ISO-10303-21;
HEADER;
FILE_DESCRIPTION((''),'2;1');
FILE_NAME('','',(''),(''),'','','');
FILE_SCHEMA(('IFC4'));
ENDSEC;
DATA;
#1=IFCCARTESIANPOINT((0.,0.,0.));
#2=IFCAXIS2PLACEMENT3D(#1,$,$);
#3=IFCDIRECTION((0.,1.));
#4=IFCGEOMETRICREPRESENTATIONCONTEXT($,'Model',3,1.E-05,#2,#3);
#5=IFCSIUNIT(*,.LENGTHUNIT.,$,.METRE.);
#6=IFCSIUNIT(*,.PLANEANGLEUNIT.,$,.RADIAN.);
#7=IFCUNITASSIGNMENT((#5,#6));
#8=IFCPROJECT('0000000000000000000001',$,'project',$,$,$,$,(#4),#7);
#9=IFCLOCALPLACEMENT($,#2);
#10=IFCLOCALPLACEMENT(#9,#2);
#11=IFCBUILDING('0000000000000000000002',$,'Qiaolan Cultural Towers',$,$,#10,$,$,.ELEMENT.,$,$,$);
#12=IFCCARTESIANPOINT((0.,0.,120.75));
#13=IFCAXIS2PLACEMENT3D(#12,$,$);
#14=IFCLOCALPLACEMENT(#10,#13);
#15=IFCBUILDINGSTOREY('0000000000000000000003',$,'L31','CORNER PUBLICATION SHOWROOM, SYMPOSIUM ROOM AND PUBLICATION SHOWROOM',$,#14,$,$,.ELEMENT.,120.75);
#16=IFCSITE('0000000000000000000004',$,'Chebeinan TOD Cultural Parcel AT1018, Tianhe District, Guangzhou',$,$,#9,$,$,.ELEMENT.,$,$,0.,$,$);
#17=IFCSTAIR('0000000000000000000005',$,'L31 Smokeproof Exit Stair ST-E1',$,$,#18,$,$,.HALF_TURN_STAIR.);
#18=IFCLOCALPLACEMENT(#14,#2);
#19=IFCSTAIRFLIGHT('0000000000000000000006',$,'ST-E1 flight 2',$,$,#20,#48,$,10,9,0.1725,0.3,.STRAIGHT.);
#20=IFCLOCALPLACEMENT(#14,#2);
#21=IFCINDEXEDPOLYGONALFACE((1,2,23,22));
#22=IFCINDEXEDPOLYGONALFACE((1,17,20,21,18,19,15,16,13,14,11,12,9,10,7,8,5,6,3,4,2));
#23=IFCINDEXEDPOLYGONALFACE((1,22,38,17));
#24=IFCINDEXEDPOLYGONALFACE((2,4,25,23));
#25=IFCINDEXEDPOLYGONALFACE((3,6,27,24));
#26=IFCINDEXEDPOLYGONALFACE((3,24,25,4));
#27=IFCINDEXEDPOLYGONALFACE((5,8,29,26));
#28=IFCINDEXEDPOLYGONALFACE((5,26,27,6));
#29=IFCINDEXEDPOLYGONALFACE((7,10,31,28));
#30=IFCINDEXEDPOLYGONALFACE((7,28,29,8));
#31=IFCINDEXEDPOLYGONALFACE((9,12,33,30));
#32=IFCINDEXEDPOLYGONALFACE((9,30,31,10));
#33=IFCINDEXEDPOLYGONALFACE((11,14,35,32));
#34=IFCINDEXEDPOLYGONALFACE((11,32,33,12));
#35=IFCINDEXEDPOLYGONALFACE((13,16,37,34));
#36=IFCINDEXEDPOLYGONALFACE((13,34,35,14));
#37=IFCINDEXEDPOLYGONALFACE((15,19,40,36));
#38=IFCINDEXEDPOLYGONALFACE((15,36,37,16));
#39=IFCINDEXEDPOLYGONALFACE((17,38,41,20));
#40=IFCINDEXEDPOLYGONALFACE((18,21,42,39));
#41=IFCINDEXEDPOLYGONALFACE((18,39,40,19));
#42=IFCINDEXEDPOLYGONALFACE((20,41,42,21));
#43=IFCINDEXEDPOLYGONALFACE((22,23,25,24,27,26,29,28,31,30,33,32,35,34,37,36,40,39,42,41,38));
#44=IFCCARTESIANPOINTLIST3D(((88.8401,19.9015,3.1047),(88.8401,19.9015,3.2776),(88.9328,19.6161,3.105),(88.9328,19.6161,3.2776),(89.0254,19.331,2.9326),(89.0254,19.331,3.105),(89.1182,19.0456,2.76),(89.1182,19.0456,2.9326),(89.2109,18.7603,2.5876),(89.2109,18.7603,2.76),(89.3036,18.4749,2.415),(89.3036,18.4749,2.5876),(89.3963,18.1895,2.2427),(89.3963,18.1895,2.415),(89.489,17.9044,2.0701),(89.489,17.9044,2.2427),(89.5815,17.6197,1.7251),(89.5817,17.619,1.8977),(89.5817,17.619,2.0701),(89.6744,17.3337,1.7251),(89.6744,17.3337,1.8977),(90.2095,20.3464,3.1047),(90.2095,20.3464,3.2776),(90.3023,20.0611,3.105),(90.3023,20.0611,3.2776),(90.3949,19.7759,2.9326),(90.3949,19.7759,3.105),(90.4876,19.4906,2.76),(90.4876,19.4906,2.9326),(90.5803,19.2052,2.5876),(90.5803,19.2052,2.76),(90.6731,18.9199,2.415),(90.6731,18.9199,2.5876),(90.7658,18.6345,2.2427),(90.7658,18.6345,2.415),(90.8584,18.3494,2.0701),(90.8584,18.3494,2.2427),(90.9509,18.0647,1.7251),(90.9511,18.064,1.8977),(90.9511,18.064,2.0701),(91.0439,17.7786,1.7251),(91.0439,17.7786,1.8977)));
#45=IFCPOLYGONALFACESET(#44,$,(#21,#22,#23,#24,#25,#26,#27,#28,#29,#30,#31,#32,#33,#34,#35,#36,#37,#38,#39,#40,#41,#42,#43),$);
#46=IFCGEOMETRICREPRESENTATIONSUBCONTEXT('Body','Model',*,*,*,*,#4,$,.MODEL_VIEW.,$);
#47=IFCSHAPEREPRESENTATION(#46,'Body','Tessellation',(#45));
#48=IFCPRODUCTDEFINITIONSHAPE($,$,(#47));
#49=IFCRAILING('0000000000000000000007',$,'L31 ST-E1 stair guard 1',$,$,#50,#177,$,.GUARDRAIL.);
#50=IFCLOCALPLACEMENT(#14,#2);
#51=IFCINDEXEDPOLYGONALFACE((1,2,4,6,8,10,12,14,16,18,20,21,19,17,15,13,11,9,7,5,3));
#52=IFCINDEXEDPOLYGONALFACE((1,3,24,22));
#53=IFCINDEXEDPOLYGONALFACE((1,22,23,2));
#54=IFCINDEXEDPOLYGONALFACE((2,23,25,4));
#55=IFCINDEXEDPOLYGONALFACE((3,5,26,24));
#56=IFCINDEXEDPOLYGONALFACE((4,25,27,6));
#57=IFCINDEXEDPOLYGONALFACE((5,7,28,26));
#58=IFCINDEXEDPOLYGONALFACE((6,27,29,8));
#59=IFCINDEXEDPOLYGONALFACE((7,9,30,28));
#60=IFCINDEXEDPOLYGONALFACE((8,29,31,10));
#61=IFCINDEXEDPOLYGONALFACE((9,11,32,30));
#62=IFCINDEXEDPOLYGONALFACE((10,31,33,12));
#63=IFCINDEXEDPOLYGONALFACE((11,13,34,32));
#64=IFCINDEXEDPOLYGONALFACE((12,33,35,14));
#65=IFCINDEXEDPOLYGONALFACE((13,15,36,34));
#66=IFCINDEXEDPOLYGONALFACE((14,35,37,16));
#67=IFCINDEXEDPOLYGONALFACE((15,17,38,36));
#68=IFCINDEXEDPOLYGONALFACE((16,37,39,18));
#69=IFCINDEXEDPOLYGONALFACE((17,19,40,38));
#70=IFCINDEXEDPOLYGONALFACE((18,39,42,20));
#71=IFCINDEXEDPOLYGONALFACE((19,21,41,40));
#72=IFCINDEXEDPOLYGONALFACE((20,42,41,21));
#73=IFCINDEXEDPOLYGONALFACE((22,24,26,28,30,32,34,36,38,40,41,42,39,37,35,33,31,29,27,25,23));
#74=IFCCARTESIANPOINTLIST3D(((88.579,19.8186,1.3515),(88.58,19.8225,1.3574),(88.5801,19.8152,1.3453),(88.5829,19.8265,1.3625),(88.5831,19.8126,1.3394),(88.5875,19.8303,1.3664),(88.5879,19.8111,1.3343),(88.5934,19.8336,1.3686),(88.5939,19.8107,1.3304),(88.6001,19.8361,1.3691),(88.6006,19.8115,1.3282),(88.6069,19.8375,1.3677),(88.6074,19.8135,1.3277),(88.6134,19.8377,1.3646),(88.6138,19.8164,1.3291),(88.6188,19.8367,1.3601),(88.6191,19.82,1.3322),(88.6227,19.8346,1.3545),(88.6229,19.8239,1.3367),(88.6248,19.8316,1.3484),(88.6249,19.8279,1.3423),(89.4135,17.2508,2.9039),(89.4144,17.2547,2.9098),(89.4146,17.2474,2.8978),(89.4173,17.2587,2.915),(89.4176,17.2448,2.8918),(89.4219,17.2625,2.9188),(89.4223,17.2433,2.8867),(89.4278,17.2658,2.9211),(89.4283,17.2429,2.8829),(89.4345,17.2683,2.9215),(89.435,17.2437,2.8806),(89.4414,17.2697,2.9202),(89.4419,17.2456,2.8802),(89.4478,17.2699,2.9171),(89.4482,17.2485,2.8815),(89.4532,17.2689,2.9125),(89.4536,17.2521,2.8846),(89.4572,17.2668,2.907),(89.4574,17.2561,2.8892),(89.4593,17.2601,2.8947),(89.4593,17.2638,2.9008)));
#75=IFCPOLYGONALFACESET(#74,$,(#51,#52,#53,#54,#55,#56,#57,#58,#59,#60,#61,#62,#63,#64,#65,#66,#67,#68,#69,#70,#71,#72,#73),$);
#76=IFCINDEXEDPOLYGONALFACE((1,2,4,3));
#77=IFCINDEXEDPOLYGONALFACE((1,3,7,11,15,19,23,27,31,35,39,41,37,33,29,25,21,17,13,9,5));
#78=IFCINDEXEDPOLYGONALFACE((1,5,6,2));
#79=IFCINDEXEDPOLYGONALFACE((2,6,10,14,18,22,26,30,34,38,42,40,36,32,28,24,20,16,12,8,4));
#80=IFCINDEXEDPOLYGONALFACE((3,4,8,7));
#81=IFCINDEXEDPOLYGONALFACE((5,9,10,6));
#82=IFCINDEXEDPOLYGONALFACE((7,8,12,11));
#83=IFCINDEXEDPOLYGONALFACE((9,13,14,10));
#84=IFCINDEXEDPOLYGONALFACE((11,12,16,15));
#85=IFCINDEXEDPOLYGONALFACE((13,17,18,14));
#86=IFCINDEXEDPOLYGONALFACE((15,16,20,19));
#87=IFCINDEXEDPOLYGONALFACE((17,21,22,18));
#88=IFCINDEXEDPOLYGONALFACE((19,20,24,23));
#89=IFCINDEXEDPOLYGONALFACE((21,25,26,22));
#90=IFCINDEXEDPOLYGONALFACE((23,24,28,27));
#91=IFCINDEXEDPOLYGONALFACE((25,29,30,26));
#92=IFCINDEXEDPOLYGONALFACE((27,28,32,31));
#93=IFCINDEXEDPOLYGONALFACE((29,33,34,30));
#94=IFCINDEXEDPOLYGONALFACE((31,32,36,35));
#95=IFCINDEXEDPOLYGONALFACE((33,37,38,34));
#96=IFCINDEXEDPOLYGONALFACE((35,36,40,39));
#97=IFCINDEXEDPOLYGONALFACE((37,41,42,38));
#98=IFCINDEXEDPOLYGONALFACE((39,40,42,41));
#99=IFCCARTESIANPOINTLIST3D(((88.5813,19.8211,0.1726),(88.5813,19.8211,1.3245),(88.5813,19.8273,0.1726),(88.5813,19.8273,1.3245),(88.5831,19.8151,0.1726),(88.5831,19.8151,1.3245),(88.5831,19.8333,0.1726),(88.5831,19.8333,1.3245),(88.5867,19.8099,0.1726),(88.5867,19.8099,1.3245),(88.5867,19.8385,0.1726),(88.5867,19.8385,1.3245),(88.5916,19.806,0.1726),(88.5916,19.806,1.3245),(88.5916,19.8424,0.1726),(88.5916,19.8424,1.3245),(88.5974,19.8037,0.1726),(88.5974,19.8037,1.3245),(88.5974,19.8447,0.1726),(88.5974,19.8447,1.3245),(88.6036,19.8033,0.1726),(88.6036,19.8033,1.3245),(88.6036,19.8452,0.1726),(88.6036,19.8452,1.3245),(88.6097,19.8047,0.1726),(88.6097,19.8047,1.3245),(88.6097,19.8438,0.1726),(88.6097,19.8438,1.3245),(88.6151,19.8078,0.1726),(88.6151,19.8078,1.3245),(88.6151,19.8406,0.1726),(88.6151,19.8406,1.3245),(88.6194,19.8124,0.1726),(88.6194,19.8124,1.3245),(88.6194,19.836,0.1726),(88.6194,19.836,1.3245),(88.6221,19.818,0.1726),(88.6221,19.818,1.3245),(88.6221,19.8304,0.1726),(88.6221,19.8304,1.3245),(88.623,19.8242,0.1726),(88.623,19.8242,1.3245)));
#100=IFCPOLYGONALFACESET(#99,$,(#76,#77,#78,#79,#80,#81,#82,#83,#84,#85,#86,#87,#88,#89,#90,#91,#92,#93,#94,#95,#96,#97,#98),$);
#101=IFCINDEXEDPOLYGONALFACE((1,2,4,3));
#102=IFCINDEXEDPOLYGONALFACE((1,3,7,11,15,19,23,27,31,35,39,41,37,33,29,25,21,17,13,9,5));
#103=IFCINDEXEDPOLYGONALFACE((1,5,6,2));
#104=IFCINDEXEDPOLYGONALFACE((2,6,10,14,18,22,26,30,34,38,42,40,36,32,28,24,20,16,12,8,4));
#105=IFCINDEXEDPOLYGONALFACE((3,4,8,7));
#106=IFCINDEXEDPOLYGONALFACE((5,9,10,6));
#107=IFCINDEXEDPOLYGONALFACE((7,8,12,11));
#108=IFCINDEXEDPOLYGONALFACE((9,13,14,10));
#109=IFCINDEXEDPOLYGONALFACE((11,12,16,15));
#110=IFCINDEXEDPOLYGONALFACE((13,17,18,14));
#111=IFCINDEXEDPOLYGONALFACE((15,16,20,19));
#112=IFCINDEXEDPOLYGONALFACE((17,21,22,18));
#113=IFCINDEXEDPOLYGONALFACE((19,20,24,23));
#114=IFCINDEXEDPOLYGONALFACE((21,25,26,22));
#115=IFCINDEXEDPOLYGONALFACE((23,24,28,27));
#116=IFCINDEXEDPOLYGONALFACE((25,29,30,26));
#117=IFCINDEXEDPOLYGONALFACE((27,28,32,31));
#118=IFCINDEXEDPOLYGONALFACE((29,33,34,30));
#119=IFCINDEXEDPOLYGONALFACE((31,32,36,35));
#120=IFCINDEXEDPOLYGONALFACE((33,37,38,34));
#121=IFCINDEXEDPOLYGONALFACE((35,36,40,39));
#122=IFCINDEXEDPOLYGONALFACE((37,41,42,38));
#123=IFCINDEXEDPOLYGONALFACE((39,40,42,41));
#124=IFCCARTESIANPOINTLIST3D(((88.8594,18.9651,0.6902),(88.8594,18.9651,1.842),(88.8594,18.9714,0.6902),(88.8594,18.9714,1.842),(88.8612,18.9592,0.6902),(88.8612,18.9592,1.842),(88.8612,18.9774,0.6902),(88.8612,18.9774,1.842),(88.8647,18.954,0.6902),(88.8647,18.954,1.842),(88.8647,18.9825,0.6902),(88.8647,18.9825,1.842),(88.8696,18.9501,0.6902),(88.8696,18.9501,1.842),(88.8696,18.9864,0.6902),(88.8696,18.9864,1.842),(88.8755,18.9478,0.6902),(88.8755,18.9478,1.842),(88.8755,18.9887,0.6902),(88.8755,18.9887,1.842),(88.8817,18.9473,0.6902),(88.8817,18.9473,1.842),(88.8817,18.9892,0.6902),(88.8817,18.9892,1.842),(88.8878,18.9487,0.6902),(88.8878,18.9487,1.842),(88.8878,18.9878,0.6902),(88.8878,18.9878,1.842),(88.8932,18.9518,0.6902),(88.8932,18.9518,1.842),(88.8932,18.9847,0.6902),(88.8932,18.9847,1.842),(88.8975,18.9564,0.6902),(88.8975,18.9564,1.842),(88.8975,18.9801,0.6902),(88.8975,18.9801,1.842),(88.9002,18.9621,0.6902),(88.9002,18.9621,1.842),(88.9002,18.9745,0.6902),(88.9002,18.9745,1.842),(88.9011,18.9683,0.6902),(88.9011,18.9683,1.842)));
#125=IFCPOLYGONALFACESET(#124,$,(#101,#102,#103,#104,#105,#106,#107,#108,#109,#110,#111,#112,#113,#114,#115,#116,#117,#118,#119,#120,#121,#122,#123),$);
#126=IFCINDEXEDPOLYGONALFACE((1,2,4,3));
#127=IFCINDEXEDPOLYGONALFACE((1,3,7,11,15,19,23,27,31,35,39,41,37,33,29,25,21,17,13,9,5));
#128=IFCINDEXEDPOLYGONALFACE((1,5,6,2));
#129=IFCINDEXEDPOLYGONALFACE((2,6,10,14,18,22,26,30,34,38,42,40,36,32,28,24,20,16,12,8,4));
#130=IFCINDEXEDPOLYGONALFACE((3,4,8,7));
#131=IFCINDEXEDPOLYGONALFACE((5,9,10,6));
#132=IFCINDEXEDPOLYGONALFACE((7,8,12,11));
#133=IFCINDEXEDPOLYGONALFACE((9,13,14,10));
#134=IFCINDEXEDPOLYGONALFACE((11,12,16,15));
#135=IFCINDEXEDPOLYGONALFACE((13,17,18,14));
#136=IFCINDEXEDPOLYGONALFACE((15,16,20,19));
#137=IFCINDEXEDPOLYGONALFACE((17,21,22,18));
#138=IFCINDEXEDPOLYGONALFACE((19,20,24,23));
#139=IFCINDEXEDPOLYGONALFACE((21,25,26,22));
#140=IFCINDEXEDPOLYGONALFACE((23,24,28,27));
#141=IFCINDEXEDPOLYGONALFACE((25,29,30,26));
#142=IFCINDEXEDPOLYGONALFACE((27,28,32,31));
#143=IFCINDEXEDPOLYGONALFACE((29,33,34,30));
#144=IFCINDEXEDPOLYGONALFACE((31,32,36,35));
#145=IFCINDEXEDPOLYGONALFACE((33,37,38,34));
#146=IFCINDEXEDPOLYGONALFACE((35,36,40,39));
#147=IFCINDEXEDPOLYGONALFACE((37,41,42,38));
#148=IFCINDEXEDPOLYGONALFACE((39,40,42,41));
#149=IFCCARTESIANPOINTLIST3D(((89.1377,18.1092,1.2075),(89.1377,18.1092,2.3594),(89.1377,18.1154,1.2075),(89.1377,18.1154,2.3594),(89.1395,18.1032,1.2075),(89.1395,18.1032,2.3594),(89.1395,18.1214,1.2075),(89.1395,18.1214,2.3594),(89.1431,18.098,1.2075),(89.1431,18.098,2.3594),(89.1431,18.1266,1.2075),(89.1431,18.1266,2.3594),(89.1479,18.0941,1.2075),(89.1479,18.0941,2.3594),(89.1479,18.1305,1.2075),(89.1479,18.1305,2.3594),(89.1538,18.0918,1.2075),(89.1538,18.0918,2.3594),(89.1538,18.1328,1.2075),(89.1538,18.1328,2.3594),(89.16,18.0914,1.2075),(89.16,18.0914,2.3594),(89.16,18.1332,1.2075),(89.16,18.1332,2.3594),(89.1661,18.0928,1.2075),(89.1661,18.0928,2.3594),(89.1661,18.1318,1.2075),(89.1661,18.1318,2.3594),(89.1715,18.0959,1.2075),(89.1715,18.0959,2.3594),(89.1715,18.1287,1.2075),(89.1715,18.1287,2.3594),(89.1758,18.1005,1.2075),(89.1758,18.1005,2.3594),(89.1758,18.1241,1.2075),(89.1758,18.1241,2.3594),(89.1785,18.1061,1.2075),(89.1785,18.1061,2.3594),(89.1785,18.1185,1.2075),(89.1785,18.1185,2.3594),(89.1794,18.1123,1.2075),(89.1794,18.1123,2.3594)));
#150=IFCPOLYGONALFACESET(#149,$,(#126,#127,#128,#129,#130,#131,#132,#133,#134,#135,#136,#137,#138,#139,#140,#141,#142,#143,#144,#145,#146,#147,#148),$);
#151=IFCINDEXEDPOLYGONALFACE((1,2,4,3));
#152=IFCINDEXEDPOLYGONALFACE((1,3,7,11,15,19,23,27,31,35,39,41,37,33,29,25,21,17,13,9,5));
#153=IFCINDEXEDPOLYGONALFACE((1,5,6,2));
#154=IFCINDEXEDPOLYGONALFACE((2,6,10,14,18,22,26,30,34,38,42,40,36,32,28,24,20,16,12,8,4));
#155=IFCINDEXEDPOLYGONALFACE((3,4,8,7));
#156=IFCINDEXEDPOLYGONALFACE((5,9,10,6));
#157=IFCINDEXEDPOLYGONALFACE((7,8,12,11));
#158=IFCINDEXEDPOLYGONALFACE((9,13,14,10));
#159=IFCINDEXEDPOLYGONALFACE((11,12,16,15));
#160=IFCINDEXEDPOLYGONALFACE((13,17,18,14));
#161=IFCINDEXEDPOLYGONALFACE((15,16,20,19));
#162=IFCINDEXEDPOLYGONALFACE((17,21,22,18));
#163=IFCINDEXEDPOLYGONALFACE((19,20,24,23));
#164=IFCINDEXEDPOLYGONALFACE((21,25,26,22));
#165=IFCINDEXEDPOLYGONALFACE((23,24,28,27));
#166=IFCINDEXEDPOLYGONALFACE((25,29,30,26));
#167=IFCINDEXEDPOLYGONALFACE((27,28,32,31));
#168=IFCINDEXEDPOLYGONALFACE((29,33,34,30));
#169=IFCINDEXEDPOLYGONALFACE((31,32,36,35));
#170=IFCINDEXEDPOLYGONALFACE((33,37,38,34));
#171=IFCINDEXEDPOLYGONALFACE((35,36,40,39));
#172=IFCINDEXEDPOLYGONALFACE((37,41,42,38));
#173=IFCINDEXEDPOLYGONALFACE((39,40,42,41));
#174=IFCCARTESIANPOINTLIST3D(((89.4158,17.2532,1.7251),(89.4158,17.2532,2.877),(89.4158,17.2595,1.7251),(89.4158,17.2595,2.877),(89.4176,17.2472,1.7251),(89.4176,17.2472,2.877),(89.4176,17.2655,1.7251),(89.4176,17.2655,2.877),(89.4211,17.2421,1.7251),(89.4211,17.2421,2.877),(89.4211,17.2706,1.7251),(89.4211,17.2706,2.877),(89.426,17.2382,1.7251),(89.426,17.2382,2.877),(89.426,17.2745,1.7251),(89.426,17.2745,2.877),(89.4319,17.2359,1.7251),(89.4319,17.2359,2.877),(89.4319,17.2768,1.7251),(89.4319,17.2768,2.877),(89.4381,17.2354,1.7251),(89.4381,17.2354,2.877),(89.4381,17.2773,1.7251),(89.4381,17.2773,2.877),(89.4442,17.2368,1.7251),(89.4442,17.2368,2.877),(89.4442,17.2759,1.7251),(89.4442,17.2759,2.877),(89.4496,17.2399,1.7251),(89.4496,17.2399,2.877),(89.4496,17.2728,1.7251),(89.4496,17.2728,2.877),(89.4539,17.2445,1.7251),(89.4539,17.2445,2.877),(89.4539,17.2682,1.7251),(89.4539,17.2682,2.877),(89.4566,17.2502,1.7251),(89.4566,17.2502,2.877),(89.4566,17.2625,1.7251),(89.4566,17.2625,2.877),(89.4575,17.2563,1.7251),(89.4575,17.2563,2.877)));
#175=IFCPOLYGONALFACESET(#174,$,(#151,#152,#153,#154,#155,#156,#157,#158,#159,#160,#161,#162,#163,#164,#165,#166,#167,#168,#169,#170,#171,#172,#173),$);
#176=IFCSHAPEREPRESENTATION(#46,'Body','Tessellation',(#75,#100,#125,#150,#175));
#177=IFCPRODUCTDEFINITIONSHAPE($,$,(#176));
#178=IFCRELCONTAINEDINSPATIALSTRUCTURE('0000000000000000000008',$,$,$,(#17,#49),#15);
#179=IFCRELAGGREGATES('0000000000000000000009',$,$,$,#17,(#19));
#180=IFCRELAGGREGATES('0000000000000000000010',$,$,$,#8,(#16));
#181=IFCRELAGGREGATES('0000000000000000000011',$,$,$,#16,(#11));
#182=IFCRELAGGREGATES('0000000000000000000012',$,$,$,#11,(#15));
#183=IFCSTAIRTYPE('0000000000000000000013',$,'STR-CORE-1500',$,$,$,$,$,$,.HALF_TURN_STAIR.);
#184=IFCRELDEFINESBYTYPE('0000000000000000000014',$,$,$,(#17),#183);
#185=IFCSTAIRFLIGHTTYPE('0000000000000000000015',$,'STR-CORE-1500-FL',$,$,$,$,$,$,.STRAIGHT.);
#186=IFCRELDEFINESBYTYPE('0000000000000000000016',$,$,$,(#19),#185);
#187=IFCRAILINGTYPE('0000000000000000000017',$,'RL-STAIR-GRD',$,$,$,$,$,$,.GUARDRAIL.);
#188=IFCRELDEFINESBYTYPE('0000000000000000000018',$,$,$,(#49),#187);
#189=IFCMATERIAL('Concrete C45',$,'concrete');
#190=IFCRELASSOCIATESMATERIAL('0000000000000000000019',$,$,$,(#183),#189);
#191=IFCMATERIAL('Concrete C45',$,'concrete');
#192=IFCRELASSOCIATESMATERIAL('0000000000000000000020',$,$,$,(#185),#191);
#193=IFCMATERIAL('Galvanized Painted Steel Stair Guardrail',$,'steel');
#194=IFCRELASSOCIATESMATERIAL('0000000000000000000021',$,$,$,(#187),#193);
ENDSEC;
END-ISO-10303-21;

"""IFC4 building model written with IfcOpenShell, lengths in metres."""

from ifc_helpers import new_model, si_unit, direction, frame, origin, origin_2d, place, context, subcontext, project, spatial, polyline, circle, outline, extrude, material, type_object, element, aggregate, save


model = new_model("IFC4")

# Units and contexts
model_context = context("Model", 3, precision=1e-05, world=origin(), true_north=direction((0.0, 1.0)))
body_context = subcontext(model_context, "Body", "Model", "MODEL_VIEW")
ifc_project = project(units=[si_unit("LENGTHUNIT", "METRE"), si_unit("PLANEANGLEUNIT", "RADIAN")], contexts=[model_context])

# Site, building, storey
site_placement = place(None, origin())
site = spatial("IfcSite", under=ifc_project, at=site_placement, Name="Chebeinan TOD Cultural Parcel AT1018, Tianhe District, Guangzhou", CompositionType="ELEMENT", RefElevation=0.0)
building_placement = place(site_placement, origin())
building = spatial("IfcBuilding", under=site, at=building_placement, Name="Qiaolan Cultural Towers", CompositionType="ELEMENT")
storey_placement = place(building_placement, frame((0.0, 0.0, 120.75)))
storey = spatial("IfcBuildingStorey", under=building, at=storey_placement, Name="L31", Description="CORNER PUBLICATION SHOWROOM, SYMPOSIUM ROOM AND PUBLICATION SHOWROOM", CompositionType="ELEMENT", Elevation=120.75)

# Stair, stair flight
ifc_material_1 = material(Name="Concrete C45", Category="concrete")
stair_type = type_object("IfcStairType", Name="STR-CORE-1500", PredefinedType="HALF_TURN_STAIR", material=ifc_material_1)
stair_placement = place(storey_placement, origin())
stair = element("IfcStair", 1, at=stair_placement, inside=storey, type_object=stair_type, Name="L31 Smokeproof Exit Stair ST-E1", PredefinedType="HALF_TURN_STAIR")
ifc_material_2 = material(Name="Concrete C45", Category="concrete")
stair_flight_type = type_object("IfcStairFlightType", Name="STR-CORE-1500-FL", PredefinedType="STRAIGHT", material=ifc_material_2)
stair_flight_1_placement = place(storey_placement, frame((90.3591, 17.5562, 1.7251), z_axis=(0.0, 0.0, 1.0), x_axis=(-0.309017, 0.951057, 0.0)))
stair_flight_1 = element("IfcStairFlight", 2, at=stair_flight_1_placement, type_object=stair_flight_type, Name="ST-E1 flight 2", NumberOfRisers=10, NumberOfTreads=9, PredefinedType="STRAIGHT", RiserHeight=0.1725, TreadLength=0.3, context=body_context, shape_type="SweptSolid", body=[
    extrude(outline(polyline([(0.0, 0.0), (0.0, 0.1726), (0.3, 0.1726), (0.3, 0.345), (0.6001, 0.345), (0.6001, 0.5176), (0.8999, 0.5176), (0.8999, 0.6899), (1.2, 0.6899), (1.2, 0.8625), (1.5, 0.8625), (1.5, 1.0349), (1.8, 1.0349), (1.8, 1.2075), (2.1001, 1.2075), (2.1001, 1.3799), (2.3999, 1.3799), (2.3999, 1.5525), (2.7, 1.5525), (2.7, 1.7251), (2.7, 1.3796), (0.3008, 0.0), (0.0, 0.0)])), frame((0.0, 0.72, 0.0), z_axis=(0.0, -1.0, 0.0), x_axis=(1.0, 0.0, 0.0)), (0.0, 0.0, 1.0), 1.4399),
])
aggregate(stair, [stair_flight_1])

# Railing
ifc_material_3 = material(Name="Galvanized Painted Steel Stair Guardrail", Category="steel")
railing_type_1 = type_object("IfcRailingType", Name="RL-STAIR-GRD", PredefinedType="GUARDRAIL", material=ifc_material_3)
railing_1_placement = place(storey_placement, frame((88.6021, 19.8242, 0.1726)))
element("IfcRailing", 3, at=railing_1_placement, inside=storey, type_object=railing_type_1, Name="L31 ST-E1 stair guard 1", PredefinedType="GUARDRAIL", context=body_context, shape_type="SweptSolid", body=[
    extrude(circle(Radius=0.0239, at=origin_2d()), frame((0.0, 0.0, 1.1758), z_axis=(0.267926, -0.824471, 0.498461), x_axis=(0.951043, 0.309057, 0.0)), (0.0, 0.0, 1.0), 3.1145),
    extrude(circle(Radius=0.021, at=origin_2d()), origin(), (0.0, 0.0, 1.0), 1.1519),
    extrude(circle(Radius=0.021, at=origin_2d()), frame((0.2781, -0.856, 0.5176)), (0.0, 0.0, 1.0), 1.1519),
    extrude(circle(Radius=0.021, at=origin_2d()), frame((0.5564, -1.7119, 1.0349)), (0.0, 0.0, 1.0), 1.1519),
    extrude(circle(Radius=0.021, at=origin_2d()), frame((0.8345, -2.5679, 1.5525)), (0.0, 0.0, 1.0), 1.1519),
])

save(model, "model.ifc")
